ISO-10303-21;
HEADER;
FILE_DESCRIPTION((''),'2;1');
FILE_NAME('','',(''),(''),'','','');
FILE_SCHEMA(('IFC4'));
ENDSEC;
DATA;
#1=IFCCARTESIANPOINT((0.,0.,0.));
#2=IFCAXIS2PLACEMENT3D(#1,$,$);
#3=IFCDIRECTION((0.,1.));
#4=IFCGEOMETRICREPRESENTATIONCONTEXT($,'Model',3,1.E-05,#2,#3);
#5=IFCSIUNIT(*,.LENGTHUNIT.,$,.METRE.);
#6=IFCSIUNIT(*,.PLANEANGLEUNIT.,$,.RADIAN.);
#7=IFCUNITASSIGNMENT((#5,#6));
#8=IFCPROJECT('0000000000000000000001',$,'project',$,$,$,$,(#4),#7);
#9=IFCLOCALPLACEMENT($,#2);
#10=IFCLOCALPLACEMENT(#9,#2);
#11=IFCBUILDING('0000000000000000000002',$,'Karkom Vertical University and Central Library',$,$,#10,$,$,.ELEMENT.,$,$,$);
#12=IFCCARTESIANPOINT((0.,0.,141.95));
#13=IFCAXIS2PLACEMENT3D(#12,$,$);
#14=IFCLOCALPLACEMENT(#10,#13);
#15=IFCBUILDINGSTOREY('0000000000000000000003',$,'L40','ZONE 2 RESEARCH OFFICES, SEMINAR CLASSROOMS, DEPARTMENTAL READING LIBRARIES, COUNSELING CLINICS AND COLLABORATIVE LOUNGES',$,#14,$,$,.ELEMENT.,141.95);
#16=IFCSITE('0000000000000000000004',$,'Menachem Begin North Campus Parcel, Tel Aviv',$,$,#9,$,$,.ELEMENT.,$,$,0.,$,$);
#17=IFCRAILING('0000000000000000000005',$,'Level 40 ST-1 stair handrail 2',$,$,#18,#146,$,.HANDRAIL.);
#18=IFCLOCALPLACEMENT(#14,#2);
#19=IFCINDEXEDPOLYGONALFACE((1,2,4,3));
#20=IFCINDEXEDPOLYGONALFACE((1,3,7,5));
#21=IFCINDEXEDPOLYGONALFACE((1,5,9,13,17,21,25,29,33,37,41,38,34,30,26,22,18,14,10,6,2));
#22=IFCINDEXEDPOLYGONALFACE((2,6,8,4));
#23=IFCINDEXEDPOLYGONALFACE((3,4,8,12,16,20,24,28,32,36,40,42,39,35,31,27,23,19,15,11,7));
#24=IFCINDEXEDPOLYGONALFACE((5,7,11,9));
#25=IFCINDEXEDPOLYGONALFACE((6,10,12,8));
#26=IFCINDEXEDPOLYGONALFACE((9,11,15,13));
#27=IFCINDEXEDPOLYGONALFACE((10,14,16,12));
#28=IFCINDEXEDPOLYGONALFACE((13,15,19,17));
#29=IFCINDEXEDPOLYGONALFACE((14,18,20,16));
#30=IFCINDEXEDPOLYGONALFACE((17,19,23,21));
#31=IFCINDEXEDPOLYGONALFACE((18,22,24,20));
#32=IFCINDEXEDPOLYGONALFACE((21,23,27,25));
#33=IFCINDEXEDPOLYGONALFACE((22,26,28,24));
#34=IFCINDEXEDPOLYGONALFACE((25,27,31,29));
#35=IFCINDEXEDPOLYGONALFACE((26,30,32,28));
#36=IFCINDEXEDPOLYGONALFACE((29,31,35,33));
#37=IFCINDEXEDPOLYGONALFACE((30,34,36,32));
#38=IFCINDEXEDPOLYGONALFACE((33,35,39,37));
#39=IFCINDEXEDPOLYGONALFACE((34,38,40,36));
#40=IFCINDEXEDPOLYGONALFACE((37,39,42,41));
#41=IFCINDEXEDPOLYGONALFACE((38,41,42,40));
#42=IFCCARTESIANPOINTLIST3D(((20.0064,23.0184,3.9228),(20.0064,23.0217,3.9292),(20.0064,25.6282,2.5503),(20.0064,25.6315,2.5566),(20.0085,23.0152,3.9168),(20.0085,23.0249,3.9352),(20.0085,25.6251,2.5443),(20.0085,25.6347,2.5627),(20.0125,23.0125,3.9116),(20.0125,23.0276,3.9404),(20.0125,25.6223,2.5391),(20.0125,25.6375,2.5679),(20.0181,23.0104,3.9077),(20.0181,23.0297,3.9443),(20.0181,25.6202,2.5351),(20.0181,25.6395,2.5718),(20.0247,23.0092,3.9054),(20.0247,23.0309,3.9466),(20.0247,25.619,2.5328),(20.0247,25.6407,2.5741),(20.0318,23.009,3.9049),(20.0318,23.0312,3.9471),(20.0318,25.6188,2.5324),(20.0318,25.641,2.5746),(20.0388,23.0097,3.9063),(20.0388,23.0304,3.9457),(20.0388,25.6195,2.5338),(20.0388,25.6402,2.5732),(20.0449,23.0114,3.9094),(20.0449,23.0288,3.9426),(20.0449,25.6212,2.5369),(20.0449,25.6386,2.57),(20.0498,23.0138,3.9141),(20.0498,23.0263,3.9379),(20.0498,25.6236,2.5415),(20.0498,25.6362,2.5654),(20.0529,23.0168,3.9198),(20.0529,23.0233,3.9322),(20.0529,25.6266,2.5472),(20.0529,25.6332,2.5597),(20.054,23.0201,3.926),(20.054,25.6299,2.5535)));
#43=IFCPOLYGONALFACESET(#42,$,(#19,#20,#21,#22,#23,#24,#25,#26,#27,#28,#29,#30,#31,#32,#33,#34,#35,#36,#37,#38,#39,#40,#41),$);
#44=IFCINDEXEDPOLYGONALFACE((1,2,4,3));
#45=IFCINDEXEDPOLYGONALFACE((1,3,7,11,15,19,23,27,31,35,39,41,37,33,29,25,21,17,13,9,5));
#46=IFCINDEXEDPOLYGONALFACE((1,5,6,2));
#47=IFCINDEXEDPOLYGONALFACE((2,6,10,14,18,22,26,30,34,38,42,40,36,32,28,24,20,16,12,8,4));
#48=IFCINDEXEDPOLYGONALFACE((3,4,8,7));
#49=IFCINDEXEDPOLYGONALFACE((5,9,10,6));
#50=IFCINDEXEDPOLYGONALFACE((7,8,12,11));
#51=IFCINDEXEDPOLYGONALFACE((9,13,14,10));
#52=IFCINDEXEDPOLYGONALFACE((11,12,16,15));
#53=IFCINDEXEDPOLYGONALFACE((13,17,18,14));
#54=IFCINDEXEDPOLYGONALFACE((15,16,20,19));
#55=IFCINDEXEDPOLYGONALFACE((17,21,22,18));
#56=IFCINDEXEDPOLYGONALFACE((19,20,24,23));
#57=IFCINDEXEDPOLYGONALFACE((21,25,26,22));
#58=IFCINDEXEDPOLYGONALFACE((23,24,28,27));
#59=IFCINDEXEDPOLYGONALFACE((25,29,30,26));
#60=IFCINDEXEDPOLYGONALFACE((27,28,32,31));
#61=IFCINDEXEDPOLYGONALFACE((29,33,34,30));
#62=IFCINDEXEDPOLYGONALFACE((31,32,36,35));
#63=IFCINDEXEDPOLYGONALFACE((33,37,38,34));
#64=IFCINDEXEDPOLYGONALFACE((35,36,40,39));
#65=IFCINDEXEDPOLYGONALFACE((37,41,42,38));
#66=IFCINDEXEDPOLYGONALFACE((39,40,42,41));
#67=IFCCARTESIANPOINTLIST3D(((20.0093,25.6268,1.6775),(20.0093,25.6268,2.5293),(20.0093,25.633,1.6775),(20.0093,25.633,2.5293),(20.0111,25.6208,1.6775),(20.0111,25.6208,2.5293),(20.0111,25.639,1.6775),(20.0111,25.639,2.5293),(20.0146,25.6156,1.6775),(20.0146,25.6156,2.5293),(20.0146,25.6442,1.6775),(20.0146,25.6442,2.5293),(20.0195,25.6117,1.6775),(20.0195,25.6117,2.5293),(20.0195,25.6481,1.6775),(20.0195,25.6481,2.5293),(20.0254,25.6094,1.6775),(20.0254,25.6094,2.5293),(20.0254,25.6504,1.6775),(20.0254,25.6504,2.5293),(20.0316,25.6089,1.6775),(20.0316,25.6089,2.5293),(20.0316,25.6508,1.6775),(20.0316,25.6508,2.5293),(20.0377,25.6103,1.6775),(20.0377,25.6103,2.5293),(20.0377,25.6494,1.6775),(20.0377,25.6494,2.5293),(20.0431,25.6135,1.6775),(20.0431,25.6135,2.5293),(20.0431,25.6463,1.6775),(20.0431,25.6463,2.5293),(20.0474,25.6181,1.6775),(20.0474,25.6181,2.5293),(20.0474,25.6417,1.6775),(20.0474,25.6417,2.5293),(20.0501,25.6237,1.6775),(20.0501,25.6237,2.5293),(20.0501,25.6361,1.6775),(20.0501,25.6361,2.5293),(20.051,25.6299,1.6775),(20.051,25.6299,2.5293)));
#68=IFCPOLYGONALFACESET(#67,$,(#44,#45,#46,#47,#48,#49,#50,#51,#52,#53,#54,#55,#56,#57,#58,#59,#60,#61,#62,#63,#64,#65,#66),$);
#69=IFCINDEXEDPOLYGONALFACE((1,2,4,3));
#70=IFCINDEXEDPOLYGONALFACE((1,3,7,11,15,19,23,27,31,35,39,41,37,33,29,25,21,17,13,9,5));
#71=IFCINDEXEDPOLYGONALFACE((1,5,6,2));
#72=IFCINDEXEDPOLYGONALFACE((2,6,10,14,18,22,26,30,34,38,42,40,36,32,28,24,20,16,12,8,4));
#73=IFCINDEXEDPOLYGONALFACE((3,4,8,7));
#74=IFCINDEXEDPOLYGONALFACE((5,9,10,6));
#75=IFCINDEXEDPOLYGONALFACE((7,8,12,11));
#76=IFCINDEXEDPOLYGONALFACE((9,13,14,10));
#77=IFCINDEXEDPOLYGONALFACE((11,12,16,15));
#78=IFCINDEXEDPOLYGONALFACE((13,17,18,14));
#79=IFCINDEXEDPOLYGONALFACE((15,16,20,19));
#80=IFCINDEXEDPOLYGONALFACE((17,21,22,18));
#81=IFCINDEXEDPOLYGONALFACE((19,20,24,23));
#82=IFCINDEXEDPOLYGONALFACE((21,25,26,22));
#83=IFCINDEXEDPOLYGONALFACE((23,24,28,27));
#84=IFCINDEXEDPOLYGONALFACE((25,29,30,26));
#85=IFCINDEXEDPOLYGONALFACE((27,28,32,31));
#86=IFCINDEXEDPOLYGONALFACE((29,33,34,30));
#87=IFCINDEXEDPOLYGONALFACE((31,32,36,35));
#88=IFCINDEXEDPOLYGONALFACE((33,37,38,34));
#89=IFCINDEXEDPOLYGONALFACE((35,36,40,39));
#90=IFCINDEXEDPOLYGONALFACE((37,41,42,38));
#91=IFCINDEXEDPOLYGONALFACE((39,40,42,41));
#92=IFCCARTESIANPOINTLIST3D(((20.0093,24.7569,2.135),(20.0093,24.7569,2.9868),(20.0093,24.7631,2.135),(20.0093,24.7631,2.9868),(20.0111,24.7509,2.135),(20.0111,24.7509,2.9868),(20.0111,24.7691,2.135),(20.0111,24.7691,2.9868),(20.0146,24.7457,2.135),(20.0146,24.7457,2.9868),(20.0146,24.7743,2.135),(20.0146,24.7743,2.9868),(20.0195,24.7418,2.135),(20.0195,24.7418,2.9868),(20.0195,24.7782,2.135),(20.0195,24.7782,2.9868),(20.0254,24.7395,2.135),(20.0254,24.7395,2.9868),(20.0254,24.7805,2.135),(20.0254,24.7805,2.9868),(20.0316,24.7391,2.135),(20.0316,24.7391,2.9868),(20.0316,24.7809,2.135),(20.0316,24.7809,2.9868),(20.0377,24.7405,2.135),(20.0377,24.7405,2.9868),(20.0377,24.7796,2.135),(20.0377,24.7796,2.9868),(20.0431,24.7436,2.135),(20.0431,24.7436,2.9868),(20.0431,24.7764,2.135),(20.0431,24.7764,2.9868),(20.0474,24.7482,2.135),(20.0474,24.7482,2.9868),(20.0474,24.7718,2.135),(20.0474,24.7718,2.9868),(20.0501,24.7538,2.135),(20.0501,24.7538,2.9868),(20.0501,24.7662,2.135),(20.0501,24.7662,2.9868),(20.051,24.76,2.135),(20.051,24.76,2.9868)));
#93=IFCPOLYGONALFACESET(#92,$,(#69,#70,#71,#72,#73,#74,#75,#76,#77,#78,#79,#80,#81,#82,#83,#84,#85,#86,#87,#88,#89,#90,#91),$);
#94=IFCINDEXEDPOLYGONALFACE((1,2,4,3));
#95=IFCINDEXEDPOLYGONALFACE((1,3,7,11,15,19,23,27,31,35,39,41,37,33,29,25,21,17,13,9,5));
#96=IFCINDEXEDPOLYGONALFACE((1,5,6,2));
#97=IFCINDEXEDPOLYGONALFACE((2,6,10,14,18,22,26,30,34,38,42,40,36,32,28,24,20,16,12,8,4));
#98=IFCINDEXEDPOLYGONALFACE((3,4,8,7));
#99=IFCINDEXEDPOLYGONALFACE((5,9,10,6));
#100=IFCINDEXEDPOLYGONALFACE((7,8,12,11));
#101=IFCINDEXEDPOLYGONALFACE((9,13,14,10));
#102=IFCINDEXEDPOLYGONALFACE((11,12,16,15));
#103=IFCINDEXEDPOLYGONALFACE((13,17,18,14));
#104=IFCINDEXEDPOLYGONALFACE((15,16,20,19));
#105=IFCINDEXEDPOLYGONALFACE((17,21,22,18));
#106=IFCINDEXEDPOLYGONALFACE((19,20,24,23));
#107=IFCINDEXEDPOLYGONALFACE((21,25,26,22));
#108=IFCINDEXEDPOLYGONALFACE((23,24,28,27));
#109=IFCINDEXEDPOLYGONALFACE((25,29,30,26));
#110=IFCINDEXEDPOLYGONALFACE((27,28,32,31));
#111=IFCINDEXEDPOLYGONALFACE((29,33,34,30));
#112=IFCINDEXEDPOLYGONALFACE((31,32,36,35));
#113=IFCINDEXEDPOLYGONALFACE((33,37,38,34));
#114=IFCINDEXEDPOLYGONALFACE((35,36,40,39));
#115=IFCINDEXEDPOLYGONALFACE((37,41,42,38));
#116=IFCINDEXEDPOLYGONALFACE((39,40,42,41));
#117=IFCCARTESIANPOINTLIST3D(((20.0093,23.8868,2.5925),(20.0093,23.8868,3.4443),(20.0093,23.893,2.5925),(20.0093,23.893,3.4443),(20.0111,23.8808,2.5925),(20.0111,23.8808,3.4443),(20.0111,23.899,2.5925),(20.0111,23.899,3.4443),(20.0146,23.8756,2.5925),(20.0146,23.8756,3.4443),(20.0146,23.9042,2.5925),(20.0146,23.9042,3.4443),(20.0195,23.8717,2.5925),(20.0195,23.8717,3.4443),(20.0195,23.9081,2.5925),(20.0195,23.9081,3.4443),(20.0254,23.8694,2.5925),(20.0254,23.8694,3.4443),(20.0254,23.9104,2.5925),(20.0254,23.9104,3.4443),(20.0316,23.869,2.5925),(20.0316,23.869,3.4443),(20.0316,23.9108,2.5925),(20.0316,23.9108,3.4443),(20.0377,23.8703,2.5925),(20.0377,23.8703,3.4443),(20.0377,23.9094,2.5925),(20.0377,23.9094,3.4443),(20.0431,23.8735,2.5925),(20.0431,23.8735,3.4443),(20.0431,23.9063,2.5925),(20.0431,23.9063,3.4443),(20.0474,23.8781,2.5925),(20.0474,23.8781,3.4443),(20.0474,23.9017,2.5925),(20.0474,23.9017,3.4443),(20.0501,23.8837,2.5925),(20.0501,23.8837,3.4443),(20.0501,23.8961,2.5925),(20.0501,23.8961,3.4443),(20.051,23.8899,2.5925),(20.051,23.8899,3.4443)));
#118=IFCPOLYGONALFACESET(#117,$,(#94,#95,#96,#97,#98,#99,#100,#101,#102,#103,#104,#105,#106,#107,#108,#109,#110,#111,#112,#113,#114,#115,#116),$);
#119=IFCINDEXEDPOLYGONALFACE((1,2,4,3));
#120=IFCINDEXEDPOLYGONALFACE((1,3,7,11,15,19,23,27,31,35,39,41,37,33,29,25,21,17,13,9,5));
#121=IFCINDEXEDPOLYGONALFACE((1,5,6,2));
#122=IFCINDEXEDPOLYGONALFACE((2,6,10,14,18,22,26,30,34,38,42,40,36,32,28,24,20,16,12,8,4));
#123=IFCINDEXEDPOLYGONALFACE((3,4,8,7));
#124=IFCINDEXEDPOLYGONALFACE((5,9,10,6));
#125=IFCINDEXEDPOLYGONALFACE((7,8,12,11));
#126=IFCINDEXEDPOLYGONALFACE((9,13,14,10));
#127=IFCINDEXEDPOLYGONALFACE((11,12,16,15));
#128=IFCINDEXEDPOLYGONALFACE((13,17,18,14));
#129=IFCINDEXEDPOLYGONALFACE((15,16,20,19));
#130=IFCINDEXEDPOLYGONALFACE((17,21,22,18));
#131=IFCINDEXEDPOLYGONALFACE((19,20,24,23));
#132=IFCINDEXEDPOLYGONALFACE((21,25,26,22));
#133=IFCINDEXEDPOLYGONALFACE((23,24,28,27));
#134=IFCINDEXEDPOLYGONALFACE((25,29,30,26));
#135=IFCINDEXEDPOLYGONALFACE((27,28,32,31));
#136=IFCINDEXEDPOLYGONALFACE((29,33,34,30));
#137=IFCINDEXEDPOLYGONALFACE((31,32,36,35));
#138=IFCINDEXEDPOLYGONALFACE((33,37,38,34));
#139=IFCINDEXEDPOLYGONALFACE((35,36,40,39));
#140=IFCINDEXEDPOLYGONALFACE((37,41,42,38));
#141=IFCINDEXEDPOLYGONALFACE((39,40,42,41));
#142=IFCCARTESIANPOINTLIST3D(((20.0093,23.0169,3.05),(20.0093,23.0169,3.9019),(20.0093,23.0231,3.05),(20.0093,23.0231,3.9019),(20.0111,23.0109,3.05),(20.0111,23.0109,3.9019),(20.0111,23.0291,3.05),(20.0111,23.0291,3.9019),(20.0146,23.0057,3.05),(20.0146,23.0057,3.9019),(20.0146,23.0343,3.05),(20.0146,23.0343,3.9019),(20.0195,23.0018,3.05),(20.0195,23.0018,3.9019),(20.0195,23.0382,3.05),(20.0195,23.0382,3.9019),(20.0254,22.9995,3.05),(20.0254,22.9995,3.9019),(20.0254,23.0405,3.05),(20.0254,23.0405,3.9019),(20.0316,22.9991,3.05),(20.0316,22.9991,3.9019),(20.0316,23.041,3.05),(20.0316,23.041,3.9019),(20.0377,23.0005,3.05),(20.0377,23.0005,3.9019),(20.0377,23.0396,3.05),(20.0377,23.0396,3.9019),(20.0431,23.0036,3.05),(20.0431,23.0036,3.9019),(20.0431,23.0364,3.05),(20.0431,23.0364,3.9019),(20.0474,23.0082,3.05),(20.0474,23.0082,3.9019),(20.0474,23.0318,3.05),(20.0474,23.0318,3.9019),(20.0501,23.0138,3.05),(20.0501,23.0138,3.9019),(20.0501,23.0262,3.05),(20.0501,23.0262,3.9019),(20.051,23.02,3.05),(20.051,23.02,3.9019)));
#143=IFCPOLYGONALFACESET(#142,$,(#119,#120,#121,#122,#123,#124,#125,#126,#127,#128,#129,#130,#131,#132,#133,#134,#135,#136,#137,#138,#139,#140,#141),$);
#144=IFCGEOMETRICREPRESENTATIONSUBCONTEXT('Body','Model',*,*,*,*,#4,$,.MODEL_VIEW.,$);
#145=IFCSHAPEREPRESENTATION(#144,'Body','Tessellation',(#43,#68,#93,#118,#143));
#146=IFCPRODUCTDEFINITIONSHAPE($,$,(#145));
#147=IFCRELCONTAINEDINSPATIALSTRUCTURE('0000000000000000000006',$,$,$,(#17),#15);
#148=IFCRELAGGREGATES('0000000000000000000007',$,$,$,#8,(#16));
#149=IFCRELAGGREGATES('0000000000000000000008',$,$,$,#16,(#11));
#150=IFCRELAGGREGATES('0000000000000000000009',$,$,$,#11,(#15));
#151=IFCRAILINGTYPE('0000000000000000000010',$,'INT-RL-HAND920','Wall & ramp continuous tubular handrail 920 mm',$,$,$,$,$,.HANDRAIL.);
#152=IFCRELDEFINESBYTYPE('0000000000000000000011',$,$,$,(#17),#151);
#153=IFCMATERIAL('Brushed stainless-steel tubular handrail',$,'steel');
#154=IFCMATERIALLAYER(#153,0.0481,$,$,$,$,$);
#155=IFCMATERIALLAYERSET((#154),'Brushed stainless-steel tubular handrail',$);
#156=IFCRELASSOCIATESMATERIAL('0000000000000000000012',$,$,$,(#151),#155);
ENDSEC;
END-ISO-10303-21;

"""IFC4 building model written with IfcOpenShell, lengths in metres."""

from ifc_helpers import new_model, si_unit, direction, frame, origin, origin_2d, place, context, subcontext, project, spatial, circle, extrude, material, layer, layer_set, type_object, element, save


model = new_model("IFC4")

# Units and contexts
model_context = context("Model", 3, precision=1e-05, world=origin(), true_north=direction((0.0, 1.0)))
body_context = subcontext(model_context, "Body", "Model", "MODEL_VIEW")
ifc_project = project(units=[si_unit("LENGTHUNIT", "METRE"), si_unit("PLANEANGLEUNIT", "RADIAN")], contexts=[model_context])

# Site, building, storey
site_placement = place(None, origin())
site = spatial("IfcSite", under=ifc_project, at=site_placement, Name="Menachem Begin North Campus Parcel, Tel Aviv", CompositionType="ELEMENT", RefElevation=0.0)
building_placement = place(site_placement, origin())
building = spatial("IfcBuilding", under=site, at=building_placement, Name="Karkom Vertical University and Central Library", CompositionType="ELEMENT")
storey_placement = place(building_placement, frame((0.0, 0.0, 141.95)))
storey = spatial("IfcBuildingStorey", under=building, at=storey_placement, Name="L40", Description="ZONE 2 RESEARCH OFFICES, SEMINAR CLASSROOMS, DEPARTMENTAL READING LIBRARIES, COUNSELING CLINICS AND COLLABORATIVE LOUNGES", CompositionType="ELEMENT", Elevation=141.95)

# Railing
ifc_material_1 = material(Name="Brushed stainless-steel tubular handrail", Category="steel")
ifc_layer_1 = layer(ifc_material_1, 0.0481)
ifc_layer_set_1 = layer_set([ifc_layer_1], Name="Brushed stainless-steel tubular handrail")
railing_type_1 = type_object("IfcRailingType", Name="INT-RL-HAND920", Description="Wall & ramp continuous tubular handrail 920 mm", PredefinedType="HANDRAIL", material=ifc_layer_set_1)
railing_1_placement = place(storey_placement, frame((20.03, 25.6299, 1.6775)))
element("IfcRailing", 1, at=railing_1_placement, inside=storey, type_object=railing_type_1, Name="Level 40 ST-1 stair handrail 2", PredefinedType="HANDRAIL", context=body_context, shape_type="SweptSolid", body=[
    extrude(circle(Radius=0.0239, at=origin_2d()), frame((0.0, 0.0, 0.876), z_axis=(0.0, -0.885065, 0.465467), x_axis=(1.0, 0.0, 0.0)), (0.0, 0.0, 1.0), 2.9487),
    extrude(circle(Radius=0.021, at=origin_2d()), origin(), (0.0, 0.0, 1.0), 0.8518),
    extrude(circle(Radius=0.021, at=origin_2d()), frame((0.0, -0.8699, 0.4575)), (0.0, 0.0, 1.0), 0.8518),
    extrude(circle(Radius=0.021, at=origin_2d()), frame((0.0, -1.74, 0.915)), (0.0, 0.0, 1.0), 0.8518),
    extrude(circle(Radius=0.021, at=origin_2d()), frame((0.0, -2.6099, 1.3726)), (0.0, 0.0, 1.0), 0.8518),
])

save(model, "model.ifc")
